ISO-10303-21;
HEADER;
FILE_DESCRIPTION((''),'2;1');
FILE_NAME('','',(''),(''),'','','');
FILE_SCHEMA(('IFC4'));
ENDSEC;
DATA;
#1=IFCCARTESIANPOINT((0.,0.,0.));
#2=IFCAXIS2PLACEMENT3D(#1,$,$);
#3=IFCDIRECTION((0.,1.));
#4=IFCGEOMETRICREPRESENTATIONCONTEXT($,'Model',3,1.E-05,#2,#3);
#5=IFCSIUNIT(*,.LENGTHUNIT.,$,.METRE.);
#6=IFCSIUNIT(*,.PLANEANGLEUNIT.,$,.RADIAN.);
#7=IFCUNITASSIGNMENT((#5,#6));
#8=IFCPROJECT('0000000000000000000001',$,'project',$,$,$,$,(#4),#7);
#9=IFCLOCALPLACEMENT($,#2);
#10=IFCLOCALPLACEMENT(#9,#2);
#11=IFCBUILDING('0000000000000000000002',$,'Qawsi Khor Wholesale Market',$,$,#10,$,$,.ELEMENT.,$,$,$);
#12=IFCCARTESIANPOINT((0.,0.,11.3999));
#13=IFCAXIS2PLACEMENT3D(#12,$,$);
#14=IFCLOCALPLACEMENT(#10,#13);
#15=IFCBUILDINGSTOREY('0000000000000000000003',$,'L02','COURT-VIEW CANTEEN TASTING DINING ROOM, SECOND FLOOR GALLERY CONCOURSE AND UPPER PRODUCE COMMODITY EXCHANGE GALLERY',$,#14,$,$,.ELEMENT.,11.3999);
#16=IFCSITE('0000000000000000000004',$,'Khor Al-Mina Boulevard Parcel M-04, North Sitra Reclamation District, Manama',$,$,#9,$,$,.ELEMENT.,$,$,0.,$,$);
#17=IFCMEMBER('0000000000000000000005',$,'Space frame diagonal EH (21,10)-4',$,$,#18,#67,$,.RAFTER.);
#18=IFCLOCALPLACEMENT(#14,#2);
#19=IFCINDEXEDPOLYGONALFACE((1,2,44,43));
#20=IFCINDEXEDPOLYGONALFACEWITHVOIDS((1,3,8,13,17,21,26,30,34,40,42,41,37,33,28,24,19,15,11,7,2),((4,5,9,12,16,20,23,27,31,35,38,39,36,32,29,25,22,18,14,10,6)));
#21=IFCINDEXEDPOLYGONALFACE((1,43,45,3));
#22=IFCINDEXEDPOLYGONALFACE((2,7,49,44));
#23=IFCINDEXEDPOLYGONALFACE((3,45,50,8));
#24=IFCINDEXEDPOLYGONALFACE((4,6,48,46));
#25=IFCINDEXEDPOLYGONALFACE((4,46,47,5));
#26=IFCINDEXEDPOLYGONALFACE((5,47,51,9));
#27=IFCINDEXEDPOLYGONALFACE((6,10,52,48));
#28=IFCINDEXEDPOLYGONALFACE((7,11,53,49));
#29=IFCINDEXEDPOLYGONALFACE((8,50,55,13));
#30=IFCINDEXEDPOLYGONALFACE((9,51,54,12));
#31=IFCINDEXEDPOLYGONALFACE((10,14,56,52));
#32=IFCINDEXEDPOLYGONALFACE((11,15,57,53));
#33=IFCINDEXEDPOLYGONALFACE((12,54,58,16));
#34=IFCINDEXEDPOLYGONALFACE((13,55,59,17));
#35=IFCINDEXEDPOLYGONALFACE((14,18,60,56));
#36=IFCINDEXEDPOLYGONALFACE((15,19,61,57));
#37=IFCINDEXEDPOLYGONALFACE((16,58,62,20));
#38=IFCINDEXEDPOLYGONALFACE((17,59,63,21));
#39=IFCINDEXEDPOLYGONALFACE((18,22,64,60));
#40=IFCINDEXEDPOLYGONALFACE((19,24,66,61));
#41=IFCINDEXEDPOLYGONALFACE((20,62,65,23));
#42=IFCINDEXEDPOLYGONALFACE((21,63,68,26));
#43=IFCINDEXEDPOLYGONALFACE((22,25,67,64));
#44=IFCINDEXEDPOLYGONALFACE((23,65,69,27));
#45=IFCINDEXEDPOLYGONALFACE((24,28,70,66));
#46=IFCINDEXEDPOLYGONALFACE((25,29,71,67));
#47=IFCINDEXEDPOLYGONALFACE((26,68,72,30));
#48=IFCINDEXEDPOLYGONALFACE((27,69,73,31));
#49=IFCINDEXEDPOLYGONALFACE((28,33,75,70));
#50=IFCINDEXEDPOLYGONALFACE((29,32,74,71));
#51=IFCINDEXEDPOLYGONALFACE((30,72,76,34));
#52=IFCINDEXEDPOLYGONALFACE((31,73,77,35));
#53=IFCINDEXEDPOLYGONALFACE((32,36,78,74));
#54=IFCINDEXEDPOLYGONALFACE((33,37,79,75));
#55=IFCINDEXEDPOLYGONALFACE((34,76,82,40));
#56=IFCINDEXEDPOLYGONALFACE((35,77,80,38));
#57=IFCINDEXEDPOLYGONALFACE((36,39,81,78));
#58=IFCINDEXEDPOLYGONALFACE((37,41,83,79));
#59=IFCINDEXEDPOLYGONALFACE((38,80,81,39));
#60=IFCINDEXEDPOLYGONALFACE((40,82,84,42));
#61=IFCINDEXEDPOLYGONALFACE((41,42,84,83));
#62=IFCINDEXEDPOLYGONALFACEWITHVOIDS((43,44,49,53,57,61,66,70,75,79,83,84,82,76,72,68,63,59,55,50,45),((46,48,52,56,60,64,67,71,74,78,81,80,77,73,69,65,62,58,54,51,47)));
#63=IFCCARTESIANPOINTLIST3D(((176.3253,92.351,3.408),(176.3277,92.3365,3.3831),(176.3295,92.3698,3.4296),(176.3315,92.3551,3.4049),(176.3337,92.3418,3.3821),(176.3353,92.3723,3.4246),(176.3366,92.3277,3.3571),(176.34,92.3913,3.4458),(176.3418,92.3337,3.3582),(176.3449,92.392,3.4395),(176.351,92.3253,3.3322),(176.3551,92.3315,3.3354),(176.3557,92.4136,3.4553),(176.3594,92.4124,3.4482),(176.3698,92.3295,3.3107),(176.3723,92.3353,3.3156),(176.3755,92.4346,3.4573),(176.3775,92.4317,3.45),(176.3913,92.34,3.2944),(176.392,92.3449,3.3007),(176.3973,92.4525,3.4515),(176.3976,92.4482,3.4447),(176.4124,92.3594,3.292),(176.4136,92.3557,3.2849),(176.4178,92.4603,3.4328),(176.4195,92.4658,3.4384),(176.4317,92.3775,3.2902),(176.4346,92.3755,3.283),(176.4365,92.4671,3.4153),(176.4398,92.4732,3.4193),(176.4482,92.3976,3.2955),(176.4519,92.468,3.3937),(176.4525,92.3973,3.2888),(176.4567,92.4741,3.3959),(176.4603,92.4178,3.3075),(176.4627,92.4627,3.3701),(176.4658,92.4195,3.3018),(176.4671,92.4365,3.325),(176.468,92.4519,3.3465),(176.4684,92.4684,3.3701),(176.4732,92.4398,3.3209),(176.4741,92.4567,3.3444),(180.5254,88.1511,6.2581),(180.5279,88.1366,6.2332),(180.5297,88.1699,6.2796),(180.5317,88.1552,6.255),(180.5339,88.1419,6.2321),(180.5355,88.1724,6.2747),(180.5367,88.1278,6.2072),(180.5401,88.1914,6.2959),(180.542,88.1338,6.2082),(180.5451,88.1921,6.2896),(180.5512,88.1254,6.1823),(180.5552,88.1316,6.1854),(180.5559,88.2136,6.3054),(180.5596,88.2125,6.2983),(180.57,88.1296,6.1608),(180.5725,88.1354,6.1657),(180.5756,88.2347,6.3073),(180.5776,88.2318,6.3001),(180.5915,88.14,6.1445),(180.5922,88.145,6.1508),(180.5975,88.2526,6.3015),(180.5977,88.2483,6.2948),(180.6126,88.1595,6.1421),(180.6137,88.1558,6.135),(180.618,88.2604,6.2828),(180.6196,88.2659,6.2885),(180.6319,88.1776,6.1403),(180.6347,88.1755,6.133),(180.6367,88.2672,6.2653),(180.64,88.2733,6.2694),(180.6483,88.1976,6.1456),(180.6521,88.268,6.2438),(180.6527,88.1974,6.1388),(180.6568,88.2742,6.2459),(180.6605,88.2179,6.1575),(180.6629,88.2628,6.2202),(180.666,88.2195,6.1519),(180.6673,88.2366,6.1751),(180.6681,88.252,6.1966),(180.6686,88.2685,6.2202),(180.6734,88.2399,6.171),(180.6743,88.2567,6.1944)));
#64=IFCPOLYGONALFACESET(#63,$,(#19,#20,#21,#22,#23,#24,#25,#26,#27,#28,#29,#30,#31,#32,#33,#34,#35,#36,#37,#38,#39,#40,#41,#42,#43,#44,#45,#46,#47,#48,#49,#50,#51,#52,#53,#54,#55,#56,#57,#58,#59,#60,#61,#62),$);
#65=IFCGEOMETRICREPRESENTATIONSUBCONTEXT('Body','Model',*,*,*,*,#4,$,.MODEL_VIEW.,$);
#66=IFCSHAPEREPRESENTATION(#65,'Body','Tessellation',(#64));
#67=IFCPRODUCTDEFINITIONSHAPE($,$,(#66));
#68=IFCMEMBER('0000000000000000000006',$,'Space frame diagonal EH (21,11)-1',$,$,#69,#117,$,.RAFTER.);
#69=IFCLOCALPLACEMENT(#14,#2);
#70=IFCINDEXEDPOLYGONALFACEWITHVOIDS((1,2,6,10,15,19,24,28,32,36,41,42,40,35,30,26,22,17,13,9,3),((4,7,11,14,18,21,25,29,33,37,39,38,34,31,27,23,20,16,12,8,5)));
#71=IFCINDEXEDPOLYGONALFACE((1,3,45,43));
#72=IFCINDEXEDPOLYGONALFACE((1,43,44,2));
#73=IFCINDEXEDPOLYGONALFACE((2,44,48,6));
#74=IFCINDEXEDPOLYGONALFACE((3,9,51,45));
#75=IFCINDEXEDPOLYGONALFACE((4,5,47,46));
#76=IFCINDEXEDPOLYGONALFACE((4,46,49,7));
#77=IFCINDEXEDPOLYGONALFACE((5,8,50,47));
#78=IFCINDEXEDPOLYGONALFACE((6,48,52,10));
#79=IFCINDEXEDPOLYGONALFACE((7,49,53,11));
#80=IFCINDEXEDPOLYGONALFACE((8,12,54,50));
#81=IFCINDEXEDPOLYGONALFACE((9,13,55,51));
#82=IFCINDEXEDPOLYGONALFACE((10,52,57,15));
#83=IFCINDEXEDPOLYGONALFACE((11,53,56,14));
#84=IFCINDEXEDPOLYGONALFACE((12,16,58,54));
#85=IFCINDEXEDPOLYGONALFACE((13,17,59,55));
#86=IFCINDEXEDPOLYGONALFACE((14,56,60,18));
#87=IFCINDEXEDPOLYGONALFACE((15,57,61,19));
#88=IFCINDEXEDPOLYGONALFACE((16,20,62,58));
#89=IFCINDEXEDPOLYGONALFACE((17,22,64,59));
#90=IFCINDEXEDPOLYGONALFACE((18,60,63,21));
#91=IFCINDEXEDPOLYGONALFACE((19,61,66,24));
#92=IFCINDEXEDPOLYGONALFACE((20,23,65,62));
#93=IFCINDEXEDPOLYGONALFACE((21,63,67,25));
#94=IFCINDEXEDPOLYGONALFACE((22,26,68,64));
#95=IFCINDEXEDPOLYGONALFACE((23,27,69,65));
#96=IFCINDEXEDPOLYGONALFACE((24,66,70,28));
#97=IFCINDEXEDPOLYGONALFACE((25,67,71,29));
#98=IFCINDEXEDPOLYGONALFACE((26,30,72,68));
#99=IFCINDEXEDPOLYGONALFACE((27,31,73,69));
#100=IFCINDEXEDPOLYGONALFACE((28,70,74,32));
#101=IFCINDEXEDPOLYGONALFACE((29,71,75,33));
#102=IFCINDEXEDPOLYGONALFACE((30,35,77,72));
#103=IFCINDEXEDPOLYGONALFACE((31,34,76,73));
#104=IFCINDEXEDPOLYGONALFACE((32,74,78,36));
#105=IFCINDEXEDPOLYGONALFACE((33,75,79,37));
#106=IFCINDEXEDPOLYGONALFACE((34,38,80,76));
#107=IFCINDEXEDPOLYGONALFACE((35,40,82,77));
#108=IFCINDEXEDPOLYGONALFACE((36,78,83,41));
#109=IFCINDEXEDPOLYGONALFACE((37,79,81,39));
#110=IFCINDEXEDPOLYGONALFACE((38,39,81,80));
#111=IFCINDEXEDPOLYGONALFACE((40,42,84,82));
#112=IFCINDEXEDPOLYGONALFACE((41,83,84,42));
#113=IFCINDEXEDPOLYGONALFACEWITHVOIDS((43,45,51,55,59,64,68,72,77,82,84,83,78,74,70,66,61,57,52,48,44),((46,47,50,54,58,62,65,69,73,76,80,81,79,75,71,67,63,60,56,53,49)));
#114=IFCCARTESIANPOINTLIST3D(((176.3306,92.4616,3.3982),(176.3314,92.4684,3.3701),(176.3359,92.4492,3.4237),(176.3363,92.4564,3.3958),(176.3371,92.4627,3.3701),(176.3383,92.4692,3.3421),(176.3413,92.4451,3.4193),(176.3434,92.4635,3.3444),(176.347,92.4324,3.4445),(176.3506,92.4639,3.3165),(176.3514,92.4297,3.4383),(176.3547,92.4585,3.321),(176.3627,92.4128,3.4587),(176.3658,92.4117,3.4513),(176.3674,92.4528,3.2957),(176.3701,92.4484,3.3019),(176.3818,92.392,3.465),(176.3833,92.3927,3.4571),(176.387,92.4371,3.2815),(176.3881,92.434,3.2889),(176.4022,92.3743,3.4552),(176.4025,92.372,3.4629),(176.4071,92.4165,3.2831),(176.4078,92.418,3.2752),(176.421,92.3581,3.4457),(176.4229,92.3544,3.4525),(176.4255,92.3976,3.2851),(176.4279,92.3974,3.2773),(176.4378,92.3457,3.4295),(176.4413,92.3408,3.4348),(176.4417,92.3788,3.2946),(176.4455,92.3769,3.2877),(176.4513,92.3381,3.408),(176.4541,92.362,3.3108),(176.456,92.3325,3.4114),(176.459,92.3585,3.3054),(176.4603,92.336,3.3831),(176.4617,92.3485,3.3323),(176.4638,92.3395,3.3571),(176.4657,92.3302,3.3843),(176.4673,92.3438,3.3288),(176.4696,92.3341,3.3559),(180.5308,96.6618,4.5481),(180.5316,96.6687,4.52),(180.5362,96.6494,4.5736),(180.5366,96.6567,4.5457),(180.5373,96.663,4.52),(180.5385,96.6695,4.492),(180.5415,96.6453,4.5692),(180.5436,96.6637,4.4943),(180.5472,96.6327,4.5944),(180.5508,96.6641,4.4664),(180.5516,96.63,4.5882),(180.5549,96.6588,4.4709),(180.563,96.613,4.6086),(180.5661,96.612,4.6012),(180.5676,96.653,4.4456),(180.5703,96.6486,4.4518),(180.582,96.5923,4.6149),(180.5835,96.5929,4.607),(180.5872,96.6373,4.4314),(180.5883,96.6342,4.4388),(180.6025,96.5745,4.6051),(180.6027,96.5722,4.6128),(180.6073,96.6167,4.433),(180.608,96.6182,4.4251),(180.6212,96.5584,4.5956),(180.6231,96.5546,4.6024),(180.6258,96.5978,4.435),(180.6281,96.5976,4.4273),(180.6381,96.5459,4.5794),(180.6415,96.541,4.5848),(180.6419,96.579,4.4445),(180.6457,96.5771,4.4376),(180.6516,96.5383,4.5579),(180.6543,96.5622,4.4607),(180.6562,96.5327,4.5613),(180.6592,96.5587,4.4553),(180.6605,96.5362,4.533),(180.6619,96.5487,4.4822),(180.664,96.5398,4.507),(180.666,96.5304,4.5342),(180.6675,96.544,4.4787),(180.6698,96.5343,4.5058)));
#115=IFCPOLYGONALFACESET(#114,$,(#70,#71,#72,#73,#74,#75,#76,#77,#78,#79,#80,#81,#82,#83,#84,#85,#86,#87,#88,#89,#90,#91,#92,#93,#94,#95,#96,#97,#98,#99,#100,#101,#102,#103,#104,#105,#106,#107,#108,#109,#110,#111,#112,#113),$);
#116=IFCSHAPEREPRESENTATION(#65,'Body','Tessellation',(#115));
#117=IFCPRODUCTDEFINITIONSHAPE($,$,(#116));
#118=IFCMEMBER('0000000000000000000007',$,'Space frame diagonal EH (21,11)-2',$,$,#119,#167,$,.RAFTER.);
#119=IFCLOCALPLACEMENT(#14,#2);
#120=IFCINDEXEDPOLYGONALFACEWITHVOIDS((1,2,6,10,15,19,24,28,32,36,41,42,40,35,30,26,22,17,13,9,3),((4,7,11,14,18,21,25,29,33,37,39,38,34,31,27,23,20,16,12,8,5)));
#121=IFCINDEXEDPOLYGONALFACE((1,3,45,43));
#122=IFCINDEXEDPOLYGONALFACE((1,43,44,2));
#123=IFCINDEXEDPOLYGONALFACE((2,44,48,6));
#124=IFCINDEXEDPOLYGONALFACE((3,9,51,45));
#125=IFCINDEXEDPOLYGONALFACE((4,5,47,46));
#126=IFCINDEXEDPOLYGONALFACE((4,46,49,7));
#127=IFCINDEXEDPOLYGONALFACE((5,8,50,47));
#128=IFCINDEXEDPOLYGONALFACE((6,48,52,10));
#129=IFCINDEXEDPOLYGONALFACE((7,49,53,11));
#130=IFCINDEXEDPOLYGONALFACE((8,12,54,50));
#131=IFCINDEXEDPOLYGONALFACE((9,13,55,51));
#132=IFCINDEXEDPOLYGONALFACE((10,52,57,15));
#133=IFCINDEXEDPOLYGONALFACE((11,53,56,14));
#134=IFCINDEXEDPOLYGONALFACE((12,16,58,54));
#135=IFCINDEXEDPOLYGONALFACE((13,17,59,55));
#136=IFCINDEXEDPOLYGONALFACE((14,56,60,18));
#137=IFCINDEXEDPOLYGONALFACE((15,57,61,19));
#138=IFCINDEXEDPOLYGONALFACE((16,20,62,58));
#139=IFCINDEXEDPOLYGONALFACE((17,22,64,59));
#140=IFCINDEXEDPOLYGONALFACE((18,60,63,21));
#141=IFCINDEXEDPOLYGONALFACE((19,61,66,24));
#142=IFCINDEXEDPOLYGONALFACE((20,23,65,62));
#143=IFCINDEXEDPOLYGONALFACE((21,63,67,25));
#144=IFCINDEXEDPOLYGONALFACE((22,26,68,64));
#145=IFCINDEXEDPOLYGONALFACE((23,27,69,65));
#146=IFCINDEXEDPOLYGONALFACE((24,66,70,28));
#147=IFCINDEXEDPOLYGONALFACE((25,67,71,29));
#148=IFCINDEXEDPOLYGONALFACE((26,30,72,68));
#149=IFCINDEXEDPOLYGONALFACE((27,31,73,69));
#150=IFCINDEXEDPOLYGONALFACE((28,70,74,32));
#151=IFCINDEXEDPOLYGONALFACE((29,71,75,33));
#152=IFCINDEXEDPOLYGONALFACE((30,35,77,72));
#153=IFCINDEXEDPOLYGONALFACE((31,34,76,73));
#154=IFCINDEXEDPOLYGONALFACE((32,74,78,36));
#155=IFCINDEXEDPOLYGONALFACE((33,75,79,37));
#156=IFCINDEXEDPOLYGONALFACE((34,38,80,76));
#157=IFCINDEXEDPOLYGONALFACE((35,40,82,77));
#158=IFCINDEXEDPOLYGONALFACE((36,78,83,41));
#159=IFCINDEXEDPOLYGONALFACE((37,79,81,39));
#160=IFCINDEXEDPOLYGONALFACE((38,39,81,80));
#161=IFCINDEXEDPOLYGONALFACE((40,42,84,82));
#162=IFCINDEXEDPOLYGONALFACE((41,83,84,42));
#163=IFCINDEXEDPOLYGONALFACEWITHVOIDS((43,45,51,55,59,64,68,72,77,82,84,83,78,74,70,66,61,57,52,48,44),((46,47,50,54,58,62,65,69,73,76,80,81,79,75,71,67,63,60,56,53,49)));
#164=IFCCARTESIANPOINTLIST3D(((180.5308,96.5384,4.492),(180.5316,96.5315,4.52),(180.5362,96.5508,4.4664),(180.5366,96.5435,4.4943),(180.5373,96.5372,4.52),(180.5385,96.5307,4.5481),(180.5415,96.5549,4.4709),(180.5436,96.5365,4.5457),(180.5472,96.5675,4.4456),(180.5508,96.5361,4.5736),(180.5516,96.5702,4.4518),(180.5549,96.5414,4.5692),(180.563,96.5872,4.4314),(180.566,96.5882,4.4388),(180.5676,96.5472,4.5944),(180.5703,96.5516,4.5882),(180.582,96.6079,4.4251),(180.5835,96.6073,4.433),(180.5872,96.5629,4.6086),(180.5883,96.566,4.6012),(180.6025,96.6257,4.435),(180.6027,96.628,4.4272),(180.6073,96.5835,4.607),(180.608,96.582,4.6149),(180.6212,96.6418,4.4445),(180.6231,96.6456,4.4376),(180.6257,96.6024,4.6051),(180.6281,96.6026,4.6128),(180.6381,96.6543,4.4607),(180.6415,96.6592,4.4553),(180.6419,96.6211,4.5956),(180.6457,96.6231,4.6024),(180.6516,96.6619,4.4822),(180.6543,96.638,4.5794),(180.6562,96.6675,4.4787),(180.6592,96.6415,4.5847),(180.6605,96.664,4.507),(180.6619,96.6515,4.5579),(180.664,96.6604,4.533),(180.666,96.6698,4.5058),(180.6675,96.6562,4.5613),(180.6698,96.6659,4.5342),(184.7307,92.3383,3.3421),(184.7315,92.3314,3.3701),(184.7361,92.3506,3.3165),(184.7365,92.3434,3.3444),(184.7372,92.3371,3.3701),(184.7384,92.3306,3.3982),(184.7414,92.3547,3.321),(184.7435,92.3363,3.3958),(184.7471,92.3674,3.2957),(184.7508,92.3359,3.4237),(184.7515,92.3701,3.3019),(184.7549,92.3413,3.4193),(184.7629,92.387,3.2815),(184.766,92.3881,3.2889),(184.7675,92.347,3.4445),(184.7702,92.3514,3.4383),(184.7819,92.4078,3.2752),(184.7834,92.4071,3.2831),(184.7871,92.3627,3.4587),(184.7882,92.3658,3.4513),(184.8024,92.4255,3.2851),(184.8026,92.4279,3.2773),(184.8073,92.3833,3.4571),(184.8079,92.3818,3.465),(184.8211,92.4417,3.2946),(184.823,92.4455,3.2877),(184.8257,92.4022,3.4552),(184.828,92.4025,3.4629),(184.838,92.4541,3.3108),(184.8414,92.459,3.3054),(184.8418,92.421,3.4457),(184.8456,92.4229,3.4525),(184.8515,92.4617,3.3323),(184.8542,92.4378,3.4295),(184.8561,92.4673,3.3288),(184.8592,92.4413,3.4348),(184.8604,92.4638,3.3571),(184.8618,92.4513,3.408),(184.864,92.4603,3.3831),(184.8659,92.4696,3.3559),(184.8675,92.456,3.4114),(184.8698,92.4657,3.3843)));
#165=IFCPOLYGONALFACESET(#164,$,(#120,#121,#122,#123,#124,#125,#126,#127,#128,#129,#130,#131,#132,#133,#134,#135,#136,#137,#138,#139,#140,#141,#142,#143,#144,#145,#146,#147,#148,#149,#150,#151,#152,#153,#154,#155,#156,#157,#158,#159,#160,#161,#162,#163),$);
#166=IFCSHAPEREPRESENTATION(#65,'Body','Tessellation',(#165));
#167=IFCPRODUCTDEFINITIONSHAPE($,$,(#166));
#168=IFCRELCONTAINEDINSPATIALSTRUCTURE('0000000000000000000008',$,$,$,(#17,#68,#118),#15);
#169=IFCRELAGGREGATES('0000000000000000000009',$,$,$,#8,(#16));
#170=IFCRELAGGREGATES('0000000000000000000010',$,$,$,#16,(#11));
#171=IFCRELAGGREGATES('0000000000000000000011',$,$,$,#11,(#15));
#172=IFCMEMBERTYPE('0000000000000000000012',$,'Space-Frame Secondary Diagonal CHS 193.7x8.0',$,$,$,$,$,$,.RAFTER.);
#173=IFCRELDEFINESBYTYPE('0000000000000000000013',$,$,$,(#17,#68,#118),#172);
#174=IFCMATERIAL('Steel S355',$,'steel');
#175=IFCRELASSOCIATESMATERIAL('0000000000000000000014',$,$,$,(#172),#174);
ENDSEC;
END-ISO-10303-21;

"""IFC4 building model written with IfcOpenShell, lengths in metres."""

from ifc_helpers import new_model, si_unit, direction, frame, origin, origin_2d, place, context, subcontext, project, spatial, hollow_circle, extrude, material, material_profile, profile_set, type_object, element, save


model = new_model("IFC4")

# Units and contexts
model_context = context("Model", 3, precision=1e-05, world=origin(), true_north=direction((0.0, 1.0)))
body_context = subcontext(model_context, "Body", "Model", "MODEL_VIEW")
ifc_project = project(units=[si_unit("LENGTHUNIT", "METRE"), si_unit("PLANEANGLEUNIT", "RADIAN")], contexts=[model_context])

# Site, building, storey
site_placement = place(None, origin())
site = spatial("IfcSite", under=ifc_project, at=site_placement, Name="Khor Al-Mina Boulevard Parcel M-04, North Sitra Reclamation District, Manama", CompositionType="ELEMENT", RefElevation=0.0)
building_placement = place(site_placement, origin())
building = spatial("IfcBuilding", under=site, at=building_placement, Name="Qawsi Khor Wholesale Market", CompositionType="ELEMENT")
storey_placement = place(building_placement, frame((0.0, 0.0, 11.3999)))
storey = spatial("IfcBuildingStorey", under=building, at=storey_placement, Name="L02", Description="COURT-VIEW CANTEEN TASTING DINING ROOM, SECOND FLOOR GALLERY CONCOURSE AND UPPER PRODUCE COMMODITY EXCHANGE GALLERY", CompositionType="ELEMENT", Elevation=11.3999)

# Members
ifc_material_1 = material(Name="Steel S355", Category="steel")
ifc_material_profile_1 = material_profile(ifc_material_1, hollow_circle(Radius=0.0969, WallThickness=0.0081, at=origin_2d()), Name="CHS 193.7x8.0")
ifc_profile_set_1 = profile_set([ifc_material_profile_1], Name="Steel S355")
member_type_1 = type_object("IfcMemberType", Name="Space-Frame Secondary Diagonal CHS 193.7x8.0", PredefinedType="RAFTER", material=ifc_profile_set_1)
for number, where, z_axis, x_axis, name in (
    (1, (176.3999, 92.3999, 3.3701), (0.637534, -0.637497, 0.432607), (0.707086, 0.707127, 0.0), "Space frame diagonal EH (21,10)-4"),
):
    element("IfcMember", number, at=place(storey_placement, frame(where, z_axis=z_axis, x_axis=x_axis)), inside=storey, type_object=member_type_1, Name=name, PredefinedType="RAFTER", context=body_context, shape_type="SweptSolid", body=[
        extrude(hollow_circle(Radius=0.0969, WallThickness=0.0081, at=origin_2d()), origin(), (0.0, 0.0, 1.0), 6.5881),
    ])
member_1_placement = place(storey_placement, frame((176.3999, 92.3999, 3.3701), z_axis=(0.694218, 0.694218, 0.190059), x_axis=(-0.707107, 0.707107, 0.0)))
element("IfcMember", 2, at=member_1_placement, inside=storey, type_object=member_type_1, Name="Space frame diagonal EH (21,11)-1", PredefinedType="RAFTER", context=body_context, shape_type="SweptSolid", body=[
    extrude(hollow_circle(Radius=0.0969, WallThickness=0.0081, at=origin_2d()), origin(), (0.0, 0.0, 1.0), 6.0503),
])
member_2_placement = place(storey_placement, frame((184.8, 92.3999, 3.3701), z_axis=(-0.694197, 0.694238, 0.190064), x_axis=(-0.707127, -0.707086, 0.0)))
element("IfcMember", 3, at=member_2_placement, inside=storey, type_object=member_type_1, Name="Space frame diagonal EH (21,11)-2", PredefinedType="RAFTER", context=body_context, shape_type="SweptSolid", body=[
    extrude(hollow_circle(Radius=0.0969, WallThickness=0.0081, at=origin_2d()), origin(), (0.0, 0.0, 1.0), 6.05),
])

save(model, "model.ifc")
